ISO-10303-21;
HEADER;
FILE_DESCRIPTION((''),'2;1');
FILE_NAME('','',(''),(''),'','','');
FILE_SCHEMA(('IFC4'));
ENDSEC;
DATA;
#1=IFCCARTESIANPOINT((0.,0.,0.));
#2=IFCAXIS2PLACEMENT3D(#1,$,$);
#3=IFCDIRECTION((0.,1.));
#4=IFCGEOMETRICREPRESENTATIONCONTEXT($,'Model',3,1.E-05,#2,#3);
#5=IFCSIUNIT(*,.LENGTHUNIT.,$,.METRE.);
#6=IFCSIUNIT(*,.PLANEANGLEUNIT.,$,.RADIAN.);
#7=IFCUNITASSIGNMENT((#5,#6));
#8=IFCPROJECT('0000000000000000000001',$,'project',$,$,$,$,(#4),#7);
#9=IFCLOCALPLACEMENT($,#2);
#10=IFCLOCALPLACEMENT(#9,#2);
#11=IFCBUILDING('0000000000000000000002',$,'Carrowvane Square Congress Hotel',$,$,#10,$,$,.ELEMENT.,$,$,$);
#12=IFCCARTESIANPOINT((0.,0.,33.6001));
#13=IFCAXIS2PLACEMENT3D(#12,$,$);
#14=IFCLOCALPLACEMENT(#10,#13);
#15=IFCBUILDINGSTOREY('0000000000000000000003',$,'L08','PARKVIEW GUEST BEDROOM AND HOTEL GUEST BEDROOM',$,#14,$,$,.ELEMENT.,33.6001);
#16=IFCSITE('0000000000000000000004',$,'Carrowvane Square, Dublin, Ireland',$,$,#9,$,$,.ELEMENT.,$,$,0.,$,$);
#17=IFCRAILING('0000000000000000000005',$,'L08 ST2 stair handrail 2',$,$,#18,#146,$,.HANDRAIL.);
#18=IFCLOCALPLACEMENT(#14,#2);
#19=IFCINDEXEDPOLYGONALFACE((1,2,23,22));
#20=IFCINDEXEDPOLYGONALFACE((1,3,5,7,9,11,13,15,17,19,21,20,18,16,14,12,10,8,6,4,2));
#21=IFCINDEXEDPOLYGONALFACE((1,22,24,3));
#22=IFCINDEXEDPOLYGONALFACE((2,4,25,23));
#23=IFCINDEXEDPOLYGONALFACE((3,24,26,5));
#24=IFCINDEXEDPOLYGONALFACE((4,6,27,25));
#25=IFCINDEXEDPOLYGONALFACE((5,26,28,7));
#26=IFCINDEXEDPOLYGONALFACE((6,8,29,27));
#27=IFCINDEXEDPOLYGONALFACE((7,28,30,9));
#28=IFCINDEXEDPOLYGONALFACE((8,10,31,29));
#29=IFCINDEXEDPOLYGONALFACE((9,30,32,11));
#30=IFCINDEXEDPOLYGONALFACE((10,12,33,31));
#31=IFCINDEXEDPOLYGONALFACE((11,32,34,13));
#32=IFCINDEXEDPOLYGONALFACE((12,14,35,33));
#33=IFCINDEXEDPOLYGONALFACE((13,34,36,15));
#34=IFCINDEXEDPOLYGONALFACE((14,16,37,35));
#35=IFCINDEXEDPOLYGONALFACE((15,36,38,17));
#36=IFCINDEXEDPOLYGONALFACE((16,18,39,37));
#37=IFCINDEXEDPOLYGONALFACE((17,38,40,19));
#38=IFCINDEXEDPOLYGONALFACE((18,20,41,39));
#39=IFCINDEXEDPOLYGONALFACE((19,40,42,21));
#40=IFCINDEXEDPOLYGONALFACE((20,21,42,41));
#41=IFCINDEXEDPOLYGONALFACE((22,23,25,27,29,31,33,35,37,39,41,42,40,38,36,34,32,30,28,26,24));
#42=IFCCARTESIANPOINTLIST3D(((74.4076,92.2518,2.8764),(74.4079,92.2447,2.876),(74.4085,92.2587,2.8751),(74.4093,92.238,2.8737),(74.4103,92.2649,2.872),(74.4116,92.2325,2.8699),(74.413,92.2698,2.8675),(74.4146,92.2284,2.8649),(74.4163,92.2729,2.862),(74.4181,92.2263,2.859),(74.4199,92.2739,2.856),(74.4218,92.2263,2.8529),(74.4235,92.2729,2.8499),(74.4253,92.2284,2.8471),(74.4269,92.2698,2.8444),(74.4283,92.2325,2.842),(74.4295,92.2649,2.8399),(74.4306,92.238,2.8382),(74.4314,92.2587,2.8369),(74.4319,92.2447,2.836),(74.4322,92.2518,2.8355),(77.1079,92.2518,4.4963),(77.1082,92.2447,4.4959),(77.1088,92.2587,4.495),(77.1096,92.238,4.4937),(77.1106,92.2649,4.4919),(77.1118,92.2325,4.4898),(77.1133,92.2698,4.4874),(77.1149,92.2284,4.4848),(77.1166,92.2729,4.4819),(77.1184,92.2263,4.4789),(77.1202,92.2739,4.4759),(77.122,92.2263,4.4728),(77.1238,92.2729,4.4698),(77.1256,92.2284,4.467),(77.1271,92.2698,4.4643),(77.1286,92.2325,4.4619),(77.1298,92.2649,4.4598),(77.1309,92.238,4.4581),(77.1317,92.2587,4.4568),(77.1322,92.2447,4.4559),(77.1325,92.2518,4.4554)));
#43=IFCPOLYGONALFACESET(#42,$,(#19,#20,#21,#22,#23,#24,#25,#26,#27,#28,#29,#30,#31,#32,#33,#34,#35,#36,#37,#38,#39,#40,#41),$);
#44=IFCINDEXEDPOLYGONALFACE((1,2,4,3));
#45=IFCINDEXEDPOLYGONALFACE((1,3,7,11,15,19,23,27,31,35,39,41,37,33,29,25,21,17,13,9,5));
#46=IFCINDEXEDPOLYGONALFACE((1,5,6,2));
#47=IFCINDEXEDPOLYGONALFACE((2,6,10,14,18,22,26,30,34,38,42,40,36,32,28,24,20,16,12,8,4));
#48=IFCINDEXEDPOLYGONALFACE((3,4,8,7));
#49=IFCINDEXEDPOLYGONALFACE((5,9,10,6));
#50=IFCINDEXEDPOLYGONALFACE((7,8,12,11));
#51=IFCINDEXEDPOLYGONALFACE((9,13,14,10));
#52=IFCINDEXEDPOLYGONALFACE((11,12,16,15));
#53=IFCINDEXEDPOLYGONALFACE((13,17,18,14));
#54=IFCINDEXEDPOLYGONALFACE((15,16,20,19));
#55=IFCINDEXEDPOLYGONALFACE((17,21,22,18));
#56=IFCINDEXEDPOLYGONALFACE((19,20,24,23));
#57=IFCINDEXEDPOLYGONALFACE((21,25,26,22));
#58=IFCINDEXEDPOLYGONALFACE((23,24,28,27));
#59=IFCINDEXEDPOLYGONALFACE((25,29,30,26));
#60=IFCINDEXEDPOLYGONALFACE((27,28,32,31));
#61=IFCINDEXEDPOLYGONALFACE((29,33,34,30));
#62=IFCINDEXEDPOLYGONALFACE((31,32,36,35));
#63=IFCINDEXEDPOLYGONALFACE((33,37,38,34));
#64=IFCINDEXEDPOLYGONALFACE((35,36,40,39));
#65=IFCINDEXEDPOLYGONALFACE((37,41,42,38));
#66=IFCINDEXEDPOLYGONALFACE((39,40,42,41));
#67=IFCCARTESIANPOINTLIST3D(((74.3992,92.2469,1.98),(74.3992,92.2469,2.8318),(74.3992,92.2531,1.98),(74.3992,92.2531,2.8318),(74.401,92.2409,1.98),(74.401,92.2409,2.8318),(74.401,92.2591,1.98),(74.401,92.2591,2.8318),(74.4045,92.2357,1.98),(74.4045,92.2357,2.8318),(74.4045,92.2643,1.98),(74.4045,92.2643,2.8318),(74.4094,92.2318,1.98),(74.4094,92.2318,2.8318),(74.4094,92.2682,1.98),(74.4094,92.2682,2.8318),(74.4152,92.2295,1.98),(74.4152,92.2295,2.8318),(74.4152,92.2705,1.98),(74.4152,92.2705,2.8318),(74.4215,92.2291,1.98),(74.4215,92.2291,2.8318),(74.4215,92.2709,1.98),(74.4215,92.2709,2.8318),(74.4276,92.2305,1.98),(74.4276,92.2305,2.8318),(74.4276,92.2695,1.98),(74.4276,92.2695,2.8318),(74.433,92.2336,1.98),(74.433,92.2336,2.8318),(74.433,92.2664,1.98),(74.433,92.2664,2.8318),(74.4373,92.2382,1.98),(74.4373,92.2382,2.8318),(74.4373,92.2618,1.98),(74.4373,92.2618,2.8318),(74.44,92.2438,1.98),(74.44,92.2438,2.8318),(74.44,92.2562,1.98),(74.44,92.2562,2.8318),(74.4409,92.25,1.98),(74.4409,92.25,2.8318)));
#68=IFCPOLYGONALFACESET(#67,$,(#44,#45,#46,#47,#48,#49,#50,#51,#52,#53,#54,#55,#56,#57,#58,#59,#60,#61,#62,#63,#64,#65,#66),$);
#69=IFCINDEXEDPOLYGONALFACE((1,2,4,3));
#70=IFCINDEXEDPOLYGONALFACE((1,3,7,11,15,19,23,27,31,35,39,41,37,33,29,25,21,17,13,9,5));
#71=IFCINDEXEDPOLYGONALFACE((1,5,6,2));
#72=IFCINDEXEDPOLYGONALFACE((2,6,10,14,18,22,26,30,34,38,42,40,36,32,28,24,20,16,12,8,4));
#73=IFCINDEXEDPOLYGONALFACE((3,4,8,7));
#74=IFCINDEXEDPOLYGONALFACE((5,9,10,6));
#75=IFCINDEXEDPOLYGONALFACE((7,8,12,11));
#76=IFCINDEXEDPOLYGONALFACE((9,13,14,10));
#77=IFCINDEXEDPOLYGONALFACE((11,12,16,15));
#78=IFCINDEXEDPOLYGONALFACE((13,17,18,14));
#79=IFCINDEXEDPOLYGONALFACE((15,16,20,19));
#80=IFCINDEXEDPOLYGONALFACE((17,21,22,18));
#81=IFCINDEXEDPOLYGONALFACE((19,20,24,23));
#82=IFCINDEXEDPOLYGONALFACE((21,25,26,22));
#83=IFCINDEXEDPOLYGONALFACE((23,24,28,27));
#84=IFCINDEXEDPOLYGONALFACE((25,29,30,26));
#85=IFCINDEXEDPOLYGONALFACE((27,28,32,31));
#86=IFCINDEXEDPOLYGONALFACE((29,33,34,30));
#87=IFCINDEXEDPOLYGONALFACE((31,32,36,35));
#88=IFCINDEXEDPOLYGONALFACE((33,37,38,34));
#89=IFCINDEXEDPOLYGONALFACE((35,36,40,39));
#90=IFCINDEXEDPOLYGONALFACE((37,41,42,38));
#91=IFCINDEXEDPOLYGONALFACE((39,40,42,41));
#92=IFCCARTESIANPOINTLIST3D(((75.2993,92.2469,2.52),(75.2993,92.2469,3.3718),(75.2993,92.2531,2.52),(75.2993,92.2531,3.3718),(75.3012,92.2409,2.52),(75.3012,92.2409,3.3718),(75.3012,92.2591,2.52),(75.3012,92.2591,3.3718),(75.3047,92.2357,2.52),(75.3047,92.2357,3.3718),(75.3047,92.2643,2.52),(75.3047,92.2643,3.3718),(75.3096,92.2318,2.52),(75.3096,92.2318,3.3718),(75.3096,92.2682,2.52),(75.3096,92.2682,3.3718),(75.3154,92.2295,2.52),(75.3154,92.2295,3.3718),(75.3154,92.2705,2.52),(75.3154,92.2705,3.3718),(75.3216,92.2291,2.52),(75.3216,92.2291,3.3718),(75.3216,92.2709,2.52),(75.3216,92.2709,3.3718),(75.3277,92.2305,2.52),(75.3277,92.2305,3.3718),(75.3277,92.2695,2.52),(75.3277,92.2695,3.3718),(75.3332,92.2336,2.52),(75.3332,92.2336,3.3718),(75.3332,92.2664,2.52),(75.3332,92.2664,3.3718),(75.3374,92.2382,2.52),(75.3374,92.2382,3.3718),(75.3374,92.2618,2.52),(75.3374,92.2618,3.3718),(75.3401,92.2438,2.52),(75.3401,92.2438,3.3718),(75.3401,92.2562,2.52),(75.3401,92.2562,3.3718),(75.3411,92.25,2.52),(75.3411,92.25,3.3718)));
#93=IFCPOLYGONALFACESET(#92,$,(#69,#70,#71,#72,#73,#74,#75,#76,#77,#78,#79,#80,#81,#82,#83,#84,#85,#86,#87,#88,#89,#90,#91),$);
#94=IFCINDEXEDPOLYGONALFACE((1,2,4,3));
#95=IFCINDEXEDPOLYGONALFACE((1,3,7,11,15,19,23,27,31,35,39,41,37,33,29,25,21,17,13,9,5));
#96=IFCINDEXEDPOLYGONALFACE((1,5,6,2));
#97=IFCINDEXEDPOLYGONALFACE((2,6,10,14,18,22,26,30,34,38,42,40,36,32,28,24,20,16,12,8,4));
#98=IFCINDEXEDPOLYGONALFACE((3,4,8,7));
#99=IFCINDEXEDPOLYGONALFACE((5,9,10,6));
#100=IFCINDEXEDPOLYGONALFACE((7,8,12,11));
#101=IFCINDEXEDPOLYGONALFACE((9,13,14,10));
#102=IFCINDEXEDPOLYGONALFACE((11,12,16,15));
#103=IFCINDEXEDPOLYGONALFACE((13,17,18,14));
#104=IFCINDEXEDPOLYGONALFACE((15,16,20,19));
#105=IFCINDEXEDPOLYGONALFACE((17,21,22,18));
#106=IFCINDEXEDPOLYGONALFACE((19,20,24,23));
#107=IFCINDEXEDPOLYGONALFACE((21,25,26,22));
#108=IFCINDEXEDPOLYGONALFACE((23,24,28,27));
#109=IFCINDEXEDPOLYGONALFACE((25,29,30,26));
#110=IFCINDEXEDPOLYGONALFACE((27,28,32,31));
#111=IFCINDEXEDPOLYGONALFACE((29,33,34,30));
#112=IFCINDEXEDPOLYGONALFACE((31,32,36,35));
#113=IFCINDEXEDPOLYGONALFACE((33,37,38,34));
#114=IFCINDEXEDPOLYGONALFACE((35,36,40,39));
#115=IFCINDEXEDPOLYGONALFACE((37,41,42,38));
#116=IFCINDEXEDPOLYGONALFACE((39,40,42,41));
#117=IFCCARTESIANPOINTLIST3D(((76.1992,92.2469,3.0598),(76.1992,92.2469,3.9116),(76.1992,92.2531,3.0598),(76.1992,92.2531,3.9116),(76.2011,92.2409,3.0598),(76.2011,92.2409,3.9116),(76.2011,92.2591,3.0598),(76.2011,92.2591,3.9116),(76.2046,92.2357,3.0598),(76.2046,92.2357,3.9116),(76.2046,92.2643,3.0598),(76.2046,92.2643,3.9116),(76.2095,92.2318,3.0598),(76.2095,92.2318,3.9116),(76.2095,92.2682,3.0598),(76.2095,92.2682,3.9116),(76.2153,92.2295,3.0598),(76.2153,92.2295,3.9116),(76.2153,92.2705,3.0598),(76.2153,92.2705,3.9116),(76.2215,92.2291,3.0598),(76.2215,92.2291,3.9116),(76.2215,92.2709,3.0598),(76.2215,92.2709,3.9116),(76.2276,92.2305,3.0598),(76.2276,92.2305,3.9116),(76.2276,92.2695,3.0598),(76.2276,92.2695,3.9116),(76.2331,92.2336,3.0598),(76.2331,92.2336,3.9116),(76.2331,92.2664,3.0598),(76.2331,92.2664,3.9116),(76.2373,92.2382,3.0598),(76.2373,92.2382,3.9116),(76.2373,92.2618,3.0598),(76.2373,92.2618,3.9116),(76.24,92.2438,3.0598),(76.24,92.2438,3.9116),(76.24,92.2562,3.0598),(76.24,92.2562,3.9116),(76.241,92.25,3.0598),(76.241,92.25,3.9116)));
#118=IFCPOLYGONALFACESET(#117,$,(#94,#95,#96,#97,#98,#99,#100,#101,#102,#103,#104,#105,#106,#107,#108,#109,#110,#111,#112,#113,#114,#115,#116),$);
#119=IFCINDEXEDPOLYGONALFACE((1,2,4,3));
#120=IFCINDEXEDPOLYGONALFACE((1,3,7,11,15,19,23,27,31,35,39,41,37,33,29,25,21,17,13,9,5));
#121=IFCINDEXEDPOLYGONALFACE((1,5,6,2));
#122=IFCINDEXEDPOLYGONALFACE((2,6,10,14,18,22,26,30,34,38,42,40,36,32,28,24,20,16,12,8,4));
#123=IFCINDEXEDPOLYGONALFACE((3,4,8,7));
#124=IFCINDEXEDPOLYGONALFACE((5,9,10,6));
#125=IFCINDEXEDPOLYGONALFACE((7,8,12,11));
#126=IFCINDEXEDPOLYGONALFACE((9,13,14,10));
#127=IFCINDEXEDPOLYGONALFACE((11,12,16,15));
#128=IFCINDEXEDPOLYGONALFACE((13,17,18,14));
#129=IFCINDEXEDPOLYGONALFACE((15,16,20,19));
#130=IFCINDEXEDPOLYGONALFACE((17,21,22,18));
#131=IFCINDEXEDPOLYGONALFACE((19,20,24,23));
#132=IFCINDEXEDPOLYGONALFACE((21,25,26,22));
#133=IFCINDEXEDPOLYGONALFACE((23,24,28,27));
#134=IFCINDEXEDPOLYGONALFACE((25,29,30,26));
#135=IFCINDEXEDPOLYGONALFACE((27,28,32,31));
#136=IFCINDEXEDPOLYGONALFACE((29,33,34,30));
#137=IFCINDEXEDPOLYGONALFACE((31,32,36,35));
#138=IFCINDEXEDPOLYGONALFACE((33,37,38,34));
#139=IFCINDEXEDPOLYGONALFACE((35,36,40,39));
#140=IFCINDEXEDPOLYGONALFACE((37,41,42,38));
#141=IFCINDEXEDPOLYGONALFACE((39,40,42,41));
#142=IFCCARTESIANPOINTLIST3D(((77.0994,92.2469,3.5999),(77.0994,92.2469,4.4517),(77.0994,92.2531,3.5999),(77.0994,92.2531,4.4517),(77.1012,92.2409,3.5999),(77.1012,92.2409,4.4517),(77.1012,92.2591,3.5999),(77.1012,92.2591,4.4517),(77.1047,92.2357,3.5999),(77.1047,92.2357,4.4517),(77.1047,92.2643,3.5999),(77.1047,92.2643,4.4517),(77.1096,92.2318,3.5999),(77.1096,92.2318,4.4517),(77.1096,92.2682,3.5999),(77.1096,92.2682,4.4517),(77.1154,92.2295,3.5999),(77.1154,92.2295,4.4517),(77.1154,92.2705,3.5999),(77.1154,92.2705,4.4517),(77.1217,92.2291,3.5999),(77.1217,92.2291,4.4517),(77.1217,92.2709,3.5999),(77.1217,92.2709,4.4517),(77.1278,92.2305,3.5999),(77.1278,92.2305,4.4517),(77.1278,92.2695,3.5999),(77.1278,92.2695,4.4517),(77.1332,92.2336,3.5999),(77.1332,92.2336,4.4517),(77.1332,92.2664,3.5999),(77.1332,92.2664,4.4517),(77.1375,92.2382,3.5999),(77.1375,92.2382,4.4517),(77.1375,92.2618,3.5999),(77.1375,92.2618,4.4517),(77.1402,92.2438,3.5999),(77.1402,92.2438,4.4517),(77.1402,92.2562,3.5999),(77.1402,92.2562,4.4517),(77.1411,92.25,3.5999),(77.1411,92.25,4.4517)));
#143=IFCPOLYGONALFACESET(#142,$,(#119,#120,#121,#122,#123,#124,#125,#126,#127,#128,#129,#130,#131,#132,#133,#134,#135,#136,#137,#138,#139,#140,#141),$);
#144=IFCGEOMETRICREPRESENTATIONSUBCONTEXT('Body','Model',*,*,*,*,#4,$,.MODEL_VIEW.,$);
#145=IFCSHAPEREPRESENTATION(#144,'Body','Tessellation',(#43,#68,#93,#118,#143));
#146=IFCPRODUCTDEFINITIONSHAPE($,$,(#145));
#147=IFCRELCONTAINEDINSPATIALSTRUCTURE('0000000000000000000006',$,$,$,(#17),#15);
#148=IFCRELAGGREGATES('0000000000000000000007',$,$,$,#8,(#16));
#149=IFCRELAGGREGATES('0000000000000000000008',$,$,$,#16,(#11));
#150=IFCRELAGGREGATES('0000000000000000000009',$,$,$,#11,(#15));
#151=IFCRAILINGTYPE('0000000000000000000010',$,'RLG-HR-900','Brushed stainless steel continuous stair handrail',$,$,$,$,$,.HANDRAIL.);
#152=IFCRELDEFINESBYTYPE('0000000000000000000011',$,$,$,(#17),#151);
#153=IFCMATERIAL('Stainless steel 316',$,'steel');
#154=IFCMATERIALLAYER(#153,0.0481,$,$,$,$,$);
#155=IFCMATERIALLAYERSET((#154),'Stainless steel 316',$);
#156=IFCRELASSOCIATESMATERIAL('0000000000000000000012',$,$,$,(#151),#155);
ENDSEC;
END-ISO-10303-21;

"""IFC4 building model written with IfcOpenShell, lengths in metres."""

from ifc_helpers import new_model, si_unit, direction, frame, origin, origin_2d, place, context, subcontext, project, spatial, circle, extrude, material, layer, layer_set, type_object, element, save


model = new_model("IFC4")

# Units and contexts
model_context = context("Model", 3, precision=1e-05, world=origin(), true_north=direction((0.0, 1.0)))
body_context = subcontext(model_context, "Body", "Model", "MODEL_VIEW")
ifc_project = project(units=[si_unit("LENGTHUNIT", "METRE"), si_unit("PLANEANGLEUNIT", "RADIAN")], contexts=[model_context])

# Site, building, storey
site_placement = place(None, origin())
site = spatial("IfcSite", under=ifc_project, at=site_placement, Name="Carrowvane Square, Dublin, Ireland", CompositionType="ELEMENT", RefElevation=0.0)
building_placement = place(site_placement, origin())
building = spatial("IfcBuilding", under=site, at=building_placement, Name="Carrowvane Square Congress Hotel", CompositionType="ELEMENT")
storey_placement = place(building_placement, frame((0.0, 0.0, 33.6001)))
storey = spatial("IfcBuildingStorey", under=building, at=storey_placement, Name="L08", Description="PARKVIEW GUEST BEDROOM AND HOTEL GUEST BEDROOM", CompositionType="ELEMENT", Elevation=33.6001)

# Railing
ifc_material_1 = material(Name="Stainless steel 316", Category="steel")
ifc_layer_1 = layer(ifc_material_1, 0.0481)
ifc_layer_set_1 = layer_set([ifc_layer_1], Name="Stainless steel 316")
railing_type_1 = type_object("IfcRailingType", Name="RLG-HR-900", Description="Brushed stainless steel continuous stair handrail", PredefinedType="HANDRAIL", material=ifc_layer_set_1)
railing_1_placement = place(storey_placement, frame((74.4199, 92.25, 1.98)))
element("IfcRailing", 1, at=railing_1_placement, inside=storey, type_object=railing_type_1, Name="L08 ST2 stair handrail 2", PredefinedType="HANDRAIL", context=body_context, shape_type="SweptSolid", body=[
    extrude(circle(Radius=0.0239, at=origin_2d()), frame((0.0, 0.0, 0.876), z_axis=(0.857527, 0.0, 0.514439), x_axis=(0.0, 1.0, 0.0)), (0.0, 0.0, 1.0), 3.1489),
    extrude(circle(Radius=0.021, at=origin_2d()), origin(), (0.0, 0.0, 1.0), 0.8518),
    extrude(circle(Radius=0.021, at=origin_2d()), frame((0.9001, 0.0, 0.54)), (0.0, 0.0, 1.0), 0.8518),
    extrude(circle(Radius=0.021, at=origin_2d()), frame((1.8, 0.0, 1.0798)), (0.0, 0.0, 1.0), 0.8518),
    extrude(circle(Radius=0.021, at=origin_2d()), frame((2.7002, 0.0, 1.6199)), (0.0, 0.0, 1.0), 0.8518),
])

save(model, "model.ifc")
